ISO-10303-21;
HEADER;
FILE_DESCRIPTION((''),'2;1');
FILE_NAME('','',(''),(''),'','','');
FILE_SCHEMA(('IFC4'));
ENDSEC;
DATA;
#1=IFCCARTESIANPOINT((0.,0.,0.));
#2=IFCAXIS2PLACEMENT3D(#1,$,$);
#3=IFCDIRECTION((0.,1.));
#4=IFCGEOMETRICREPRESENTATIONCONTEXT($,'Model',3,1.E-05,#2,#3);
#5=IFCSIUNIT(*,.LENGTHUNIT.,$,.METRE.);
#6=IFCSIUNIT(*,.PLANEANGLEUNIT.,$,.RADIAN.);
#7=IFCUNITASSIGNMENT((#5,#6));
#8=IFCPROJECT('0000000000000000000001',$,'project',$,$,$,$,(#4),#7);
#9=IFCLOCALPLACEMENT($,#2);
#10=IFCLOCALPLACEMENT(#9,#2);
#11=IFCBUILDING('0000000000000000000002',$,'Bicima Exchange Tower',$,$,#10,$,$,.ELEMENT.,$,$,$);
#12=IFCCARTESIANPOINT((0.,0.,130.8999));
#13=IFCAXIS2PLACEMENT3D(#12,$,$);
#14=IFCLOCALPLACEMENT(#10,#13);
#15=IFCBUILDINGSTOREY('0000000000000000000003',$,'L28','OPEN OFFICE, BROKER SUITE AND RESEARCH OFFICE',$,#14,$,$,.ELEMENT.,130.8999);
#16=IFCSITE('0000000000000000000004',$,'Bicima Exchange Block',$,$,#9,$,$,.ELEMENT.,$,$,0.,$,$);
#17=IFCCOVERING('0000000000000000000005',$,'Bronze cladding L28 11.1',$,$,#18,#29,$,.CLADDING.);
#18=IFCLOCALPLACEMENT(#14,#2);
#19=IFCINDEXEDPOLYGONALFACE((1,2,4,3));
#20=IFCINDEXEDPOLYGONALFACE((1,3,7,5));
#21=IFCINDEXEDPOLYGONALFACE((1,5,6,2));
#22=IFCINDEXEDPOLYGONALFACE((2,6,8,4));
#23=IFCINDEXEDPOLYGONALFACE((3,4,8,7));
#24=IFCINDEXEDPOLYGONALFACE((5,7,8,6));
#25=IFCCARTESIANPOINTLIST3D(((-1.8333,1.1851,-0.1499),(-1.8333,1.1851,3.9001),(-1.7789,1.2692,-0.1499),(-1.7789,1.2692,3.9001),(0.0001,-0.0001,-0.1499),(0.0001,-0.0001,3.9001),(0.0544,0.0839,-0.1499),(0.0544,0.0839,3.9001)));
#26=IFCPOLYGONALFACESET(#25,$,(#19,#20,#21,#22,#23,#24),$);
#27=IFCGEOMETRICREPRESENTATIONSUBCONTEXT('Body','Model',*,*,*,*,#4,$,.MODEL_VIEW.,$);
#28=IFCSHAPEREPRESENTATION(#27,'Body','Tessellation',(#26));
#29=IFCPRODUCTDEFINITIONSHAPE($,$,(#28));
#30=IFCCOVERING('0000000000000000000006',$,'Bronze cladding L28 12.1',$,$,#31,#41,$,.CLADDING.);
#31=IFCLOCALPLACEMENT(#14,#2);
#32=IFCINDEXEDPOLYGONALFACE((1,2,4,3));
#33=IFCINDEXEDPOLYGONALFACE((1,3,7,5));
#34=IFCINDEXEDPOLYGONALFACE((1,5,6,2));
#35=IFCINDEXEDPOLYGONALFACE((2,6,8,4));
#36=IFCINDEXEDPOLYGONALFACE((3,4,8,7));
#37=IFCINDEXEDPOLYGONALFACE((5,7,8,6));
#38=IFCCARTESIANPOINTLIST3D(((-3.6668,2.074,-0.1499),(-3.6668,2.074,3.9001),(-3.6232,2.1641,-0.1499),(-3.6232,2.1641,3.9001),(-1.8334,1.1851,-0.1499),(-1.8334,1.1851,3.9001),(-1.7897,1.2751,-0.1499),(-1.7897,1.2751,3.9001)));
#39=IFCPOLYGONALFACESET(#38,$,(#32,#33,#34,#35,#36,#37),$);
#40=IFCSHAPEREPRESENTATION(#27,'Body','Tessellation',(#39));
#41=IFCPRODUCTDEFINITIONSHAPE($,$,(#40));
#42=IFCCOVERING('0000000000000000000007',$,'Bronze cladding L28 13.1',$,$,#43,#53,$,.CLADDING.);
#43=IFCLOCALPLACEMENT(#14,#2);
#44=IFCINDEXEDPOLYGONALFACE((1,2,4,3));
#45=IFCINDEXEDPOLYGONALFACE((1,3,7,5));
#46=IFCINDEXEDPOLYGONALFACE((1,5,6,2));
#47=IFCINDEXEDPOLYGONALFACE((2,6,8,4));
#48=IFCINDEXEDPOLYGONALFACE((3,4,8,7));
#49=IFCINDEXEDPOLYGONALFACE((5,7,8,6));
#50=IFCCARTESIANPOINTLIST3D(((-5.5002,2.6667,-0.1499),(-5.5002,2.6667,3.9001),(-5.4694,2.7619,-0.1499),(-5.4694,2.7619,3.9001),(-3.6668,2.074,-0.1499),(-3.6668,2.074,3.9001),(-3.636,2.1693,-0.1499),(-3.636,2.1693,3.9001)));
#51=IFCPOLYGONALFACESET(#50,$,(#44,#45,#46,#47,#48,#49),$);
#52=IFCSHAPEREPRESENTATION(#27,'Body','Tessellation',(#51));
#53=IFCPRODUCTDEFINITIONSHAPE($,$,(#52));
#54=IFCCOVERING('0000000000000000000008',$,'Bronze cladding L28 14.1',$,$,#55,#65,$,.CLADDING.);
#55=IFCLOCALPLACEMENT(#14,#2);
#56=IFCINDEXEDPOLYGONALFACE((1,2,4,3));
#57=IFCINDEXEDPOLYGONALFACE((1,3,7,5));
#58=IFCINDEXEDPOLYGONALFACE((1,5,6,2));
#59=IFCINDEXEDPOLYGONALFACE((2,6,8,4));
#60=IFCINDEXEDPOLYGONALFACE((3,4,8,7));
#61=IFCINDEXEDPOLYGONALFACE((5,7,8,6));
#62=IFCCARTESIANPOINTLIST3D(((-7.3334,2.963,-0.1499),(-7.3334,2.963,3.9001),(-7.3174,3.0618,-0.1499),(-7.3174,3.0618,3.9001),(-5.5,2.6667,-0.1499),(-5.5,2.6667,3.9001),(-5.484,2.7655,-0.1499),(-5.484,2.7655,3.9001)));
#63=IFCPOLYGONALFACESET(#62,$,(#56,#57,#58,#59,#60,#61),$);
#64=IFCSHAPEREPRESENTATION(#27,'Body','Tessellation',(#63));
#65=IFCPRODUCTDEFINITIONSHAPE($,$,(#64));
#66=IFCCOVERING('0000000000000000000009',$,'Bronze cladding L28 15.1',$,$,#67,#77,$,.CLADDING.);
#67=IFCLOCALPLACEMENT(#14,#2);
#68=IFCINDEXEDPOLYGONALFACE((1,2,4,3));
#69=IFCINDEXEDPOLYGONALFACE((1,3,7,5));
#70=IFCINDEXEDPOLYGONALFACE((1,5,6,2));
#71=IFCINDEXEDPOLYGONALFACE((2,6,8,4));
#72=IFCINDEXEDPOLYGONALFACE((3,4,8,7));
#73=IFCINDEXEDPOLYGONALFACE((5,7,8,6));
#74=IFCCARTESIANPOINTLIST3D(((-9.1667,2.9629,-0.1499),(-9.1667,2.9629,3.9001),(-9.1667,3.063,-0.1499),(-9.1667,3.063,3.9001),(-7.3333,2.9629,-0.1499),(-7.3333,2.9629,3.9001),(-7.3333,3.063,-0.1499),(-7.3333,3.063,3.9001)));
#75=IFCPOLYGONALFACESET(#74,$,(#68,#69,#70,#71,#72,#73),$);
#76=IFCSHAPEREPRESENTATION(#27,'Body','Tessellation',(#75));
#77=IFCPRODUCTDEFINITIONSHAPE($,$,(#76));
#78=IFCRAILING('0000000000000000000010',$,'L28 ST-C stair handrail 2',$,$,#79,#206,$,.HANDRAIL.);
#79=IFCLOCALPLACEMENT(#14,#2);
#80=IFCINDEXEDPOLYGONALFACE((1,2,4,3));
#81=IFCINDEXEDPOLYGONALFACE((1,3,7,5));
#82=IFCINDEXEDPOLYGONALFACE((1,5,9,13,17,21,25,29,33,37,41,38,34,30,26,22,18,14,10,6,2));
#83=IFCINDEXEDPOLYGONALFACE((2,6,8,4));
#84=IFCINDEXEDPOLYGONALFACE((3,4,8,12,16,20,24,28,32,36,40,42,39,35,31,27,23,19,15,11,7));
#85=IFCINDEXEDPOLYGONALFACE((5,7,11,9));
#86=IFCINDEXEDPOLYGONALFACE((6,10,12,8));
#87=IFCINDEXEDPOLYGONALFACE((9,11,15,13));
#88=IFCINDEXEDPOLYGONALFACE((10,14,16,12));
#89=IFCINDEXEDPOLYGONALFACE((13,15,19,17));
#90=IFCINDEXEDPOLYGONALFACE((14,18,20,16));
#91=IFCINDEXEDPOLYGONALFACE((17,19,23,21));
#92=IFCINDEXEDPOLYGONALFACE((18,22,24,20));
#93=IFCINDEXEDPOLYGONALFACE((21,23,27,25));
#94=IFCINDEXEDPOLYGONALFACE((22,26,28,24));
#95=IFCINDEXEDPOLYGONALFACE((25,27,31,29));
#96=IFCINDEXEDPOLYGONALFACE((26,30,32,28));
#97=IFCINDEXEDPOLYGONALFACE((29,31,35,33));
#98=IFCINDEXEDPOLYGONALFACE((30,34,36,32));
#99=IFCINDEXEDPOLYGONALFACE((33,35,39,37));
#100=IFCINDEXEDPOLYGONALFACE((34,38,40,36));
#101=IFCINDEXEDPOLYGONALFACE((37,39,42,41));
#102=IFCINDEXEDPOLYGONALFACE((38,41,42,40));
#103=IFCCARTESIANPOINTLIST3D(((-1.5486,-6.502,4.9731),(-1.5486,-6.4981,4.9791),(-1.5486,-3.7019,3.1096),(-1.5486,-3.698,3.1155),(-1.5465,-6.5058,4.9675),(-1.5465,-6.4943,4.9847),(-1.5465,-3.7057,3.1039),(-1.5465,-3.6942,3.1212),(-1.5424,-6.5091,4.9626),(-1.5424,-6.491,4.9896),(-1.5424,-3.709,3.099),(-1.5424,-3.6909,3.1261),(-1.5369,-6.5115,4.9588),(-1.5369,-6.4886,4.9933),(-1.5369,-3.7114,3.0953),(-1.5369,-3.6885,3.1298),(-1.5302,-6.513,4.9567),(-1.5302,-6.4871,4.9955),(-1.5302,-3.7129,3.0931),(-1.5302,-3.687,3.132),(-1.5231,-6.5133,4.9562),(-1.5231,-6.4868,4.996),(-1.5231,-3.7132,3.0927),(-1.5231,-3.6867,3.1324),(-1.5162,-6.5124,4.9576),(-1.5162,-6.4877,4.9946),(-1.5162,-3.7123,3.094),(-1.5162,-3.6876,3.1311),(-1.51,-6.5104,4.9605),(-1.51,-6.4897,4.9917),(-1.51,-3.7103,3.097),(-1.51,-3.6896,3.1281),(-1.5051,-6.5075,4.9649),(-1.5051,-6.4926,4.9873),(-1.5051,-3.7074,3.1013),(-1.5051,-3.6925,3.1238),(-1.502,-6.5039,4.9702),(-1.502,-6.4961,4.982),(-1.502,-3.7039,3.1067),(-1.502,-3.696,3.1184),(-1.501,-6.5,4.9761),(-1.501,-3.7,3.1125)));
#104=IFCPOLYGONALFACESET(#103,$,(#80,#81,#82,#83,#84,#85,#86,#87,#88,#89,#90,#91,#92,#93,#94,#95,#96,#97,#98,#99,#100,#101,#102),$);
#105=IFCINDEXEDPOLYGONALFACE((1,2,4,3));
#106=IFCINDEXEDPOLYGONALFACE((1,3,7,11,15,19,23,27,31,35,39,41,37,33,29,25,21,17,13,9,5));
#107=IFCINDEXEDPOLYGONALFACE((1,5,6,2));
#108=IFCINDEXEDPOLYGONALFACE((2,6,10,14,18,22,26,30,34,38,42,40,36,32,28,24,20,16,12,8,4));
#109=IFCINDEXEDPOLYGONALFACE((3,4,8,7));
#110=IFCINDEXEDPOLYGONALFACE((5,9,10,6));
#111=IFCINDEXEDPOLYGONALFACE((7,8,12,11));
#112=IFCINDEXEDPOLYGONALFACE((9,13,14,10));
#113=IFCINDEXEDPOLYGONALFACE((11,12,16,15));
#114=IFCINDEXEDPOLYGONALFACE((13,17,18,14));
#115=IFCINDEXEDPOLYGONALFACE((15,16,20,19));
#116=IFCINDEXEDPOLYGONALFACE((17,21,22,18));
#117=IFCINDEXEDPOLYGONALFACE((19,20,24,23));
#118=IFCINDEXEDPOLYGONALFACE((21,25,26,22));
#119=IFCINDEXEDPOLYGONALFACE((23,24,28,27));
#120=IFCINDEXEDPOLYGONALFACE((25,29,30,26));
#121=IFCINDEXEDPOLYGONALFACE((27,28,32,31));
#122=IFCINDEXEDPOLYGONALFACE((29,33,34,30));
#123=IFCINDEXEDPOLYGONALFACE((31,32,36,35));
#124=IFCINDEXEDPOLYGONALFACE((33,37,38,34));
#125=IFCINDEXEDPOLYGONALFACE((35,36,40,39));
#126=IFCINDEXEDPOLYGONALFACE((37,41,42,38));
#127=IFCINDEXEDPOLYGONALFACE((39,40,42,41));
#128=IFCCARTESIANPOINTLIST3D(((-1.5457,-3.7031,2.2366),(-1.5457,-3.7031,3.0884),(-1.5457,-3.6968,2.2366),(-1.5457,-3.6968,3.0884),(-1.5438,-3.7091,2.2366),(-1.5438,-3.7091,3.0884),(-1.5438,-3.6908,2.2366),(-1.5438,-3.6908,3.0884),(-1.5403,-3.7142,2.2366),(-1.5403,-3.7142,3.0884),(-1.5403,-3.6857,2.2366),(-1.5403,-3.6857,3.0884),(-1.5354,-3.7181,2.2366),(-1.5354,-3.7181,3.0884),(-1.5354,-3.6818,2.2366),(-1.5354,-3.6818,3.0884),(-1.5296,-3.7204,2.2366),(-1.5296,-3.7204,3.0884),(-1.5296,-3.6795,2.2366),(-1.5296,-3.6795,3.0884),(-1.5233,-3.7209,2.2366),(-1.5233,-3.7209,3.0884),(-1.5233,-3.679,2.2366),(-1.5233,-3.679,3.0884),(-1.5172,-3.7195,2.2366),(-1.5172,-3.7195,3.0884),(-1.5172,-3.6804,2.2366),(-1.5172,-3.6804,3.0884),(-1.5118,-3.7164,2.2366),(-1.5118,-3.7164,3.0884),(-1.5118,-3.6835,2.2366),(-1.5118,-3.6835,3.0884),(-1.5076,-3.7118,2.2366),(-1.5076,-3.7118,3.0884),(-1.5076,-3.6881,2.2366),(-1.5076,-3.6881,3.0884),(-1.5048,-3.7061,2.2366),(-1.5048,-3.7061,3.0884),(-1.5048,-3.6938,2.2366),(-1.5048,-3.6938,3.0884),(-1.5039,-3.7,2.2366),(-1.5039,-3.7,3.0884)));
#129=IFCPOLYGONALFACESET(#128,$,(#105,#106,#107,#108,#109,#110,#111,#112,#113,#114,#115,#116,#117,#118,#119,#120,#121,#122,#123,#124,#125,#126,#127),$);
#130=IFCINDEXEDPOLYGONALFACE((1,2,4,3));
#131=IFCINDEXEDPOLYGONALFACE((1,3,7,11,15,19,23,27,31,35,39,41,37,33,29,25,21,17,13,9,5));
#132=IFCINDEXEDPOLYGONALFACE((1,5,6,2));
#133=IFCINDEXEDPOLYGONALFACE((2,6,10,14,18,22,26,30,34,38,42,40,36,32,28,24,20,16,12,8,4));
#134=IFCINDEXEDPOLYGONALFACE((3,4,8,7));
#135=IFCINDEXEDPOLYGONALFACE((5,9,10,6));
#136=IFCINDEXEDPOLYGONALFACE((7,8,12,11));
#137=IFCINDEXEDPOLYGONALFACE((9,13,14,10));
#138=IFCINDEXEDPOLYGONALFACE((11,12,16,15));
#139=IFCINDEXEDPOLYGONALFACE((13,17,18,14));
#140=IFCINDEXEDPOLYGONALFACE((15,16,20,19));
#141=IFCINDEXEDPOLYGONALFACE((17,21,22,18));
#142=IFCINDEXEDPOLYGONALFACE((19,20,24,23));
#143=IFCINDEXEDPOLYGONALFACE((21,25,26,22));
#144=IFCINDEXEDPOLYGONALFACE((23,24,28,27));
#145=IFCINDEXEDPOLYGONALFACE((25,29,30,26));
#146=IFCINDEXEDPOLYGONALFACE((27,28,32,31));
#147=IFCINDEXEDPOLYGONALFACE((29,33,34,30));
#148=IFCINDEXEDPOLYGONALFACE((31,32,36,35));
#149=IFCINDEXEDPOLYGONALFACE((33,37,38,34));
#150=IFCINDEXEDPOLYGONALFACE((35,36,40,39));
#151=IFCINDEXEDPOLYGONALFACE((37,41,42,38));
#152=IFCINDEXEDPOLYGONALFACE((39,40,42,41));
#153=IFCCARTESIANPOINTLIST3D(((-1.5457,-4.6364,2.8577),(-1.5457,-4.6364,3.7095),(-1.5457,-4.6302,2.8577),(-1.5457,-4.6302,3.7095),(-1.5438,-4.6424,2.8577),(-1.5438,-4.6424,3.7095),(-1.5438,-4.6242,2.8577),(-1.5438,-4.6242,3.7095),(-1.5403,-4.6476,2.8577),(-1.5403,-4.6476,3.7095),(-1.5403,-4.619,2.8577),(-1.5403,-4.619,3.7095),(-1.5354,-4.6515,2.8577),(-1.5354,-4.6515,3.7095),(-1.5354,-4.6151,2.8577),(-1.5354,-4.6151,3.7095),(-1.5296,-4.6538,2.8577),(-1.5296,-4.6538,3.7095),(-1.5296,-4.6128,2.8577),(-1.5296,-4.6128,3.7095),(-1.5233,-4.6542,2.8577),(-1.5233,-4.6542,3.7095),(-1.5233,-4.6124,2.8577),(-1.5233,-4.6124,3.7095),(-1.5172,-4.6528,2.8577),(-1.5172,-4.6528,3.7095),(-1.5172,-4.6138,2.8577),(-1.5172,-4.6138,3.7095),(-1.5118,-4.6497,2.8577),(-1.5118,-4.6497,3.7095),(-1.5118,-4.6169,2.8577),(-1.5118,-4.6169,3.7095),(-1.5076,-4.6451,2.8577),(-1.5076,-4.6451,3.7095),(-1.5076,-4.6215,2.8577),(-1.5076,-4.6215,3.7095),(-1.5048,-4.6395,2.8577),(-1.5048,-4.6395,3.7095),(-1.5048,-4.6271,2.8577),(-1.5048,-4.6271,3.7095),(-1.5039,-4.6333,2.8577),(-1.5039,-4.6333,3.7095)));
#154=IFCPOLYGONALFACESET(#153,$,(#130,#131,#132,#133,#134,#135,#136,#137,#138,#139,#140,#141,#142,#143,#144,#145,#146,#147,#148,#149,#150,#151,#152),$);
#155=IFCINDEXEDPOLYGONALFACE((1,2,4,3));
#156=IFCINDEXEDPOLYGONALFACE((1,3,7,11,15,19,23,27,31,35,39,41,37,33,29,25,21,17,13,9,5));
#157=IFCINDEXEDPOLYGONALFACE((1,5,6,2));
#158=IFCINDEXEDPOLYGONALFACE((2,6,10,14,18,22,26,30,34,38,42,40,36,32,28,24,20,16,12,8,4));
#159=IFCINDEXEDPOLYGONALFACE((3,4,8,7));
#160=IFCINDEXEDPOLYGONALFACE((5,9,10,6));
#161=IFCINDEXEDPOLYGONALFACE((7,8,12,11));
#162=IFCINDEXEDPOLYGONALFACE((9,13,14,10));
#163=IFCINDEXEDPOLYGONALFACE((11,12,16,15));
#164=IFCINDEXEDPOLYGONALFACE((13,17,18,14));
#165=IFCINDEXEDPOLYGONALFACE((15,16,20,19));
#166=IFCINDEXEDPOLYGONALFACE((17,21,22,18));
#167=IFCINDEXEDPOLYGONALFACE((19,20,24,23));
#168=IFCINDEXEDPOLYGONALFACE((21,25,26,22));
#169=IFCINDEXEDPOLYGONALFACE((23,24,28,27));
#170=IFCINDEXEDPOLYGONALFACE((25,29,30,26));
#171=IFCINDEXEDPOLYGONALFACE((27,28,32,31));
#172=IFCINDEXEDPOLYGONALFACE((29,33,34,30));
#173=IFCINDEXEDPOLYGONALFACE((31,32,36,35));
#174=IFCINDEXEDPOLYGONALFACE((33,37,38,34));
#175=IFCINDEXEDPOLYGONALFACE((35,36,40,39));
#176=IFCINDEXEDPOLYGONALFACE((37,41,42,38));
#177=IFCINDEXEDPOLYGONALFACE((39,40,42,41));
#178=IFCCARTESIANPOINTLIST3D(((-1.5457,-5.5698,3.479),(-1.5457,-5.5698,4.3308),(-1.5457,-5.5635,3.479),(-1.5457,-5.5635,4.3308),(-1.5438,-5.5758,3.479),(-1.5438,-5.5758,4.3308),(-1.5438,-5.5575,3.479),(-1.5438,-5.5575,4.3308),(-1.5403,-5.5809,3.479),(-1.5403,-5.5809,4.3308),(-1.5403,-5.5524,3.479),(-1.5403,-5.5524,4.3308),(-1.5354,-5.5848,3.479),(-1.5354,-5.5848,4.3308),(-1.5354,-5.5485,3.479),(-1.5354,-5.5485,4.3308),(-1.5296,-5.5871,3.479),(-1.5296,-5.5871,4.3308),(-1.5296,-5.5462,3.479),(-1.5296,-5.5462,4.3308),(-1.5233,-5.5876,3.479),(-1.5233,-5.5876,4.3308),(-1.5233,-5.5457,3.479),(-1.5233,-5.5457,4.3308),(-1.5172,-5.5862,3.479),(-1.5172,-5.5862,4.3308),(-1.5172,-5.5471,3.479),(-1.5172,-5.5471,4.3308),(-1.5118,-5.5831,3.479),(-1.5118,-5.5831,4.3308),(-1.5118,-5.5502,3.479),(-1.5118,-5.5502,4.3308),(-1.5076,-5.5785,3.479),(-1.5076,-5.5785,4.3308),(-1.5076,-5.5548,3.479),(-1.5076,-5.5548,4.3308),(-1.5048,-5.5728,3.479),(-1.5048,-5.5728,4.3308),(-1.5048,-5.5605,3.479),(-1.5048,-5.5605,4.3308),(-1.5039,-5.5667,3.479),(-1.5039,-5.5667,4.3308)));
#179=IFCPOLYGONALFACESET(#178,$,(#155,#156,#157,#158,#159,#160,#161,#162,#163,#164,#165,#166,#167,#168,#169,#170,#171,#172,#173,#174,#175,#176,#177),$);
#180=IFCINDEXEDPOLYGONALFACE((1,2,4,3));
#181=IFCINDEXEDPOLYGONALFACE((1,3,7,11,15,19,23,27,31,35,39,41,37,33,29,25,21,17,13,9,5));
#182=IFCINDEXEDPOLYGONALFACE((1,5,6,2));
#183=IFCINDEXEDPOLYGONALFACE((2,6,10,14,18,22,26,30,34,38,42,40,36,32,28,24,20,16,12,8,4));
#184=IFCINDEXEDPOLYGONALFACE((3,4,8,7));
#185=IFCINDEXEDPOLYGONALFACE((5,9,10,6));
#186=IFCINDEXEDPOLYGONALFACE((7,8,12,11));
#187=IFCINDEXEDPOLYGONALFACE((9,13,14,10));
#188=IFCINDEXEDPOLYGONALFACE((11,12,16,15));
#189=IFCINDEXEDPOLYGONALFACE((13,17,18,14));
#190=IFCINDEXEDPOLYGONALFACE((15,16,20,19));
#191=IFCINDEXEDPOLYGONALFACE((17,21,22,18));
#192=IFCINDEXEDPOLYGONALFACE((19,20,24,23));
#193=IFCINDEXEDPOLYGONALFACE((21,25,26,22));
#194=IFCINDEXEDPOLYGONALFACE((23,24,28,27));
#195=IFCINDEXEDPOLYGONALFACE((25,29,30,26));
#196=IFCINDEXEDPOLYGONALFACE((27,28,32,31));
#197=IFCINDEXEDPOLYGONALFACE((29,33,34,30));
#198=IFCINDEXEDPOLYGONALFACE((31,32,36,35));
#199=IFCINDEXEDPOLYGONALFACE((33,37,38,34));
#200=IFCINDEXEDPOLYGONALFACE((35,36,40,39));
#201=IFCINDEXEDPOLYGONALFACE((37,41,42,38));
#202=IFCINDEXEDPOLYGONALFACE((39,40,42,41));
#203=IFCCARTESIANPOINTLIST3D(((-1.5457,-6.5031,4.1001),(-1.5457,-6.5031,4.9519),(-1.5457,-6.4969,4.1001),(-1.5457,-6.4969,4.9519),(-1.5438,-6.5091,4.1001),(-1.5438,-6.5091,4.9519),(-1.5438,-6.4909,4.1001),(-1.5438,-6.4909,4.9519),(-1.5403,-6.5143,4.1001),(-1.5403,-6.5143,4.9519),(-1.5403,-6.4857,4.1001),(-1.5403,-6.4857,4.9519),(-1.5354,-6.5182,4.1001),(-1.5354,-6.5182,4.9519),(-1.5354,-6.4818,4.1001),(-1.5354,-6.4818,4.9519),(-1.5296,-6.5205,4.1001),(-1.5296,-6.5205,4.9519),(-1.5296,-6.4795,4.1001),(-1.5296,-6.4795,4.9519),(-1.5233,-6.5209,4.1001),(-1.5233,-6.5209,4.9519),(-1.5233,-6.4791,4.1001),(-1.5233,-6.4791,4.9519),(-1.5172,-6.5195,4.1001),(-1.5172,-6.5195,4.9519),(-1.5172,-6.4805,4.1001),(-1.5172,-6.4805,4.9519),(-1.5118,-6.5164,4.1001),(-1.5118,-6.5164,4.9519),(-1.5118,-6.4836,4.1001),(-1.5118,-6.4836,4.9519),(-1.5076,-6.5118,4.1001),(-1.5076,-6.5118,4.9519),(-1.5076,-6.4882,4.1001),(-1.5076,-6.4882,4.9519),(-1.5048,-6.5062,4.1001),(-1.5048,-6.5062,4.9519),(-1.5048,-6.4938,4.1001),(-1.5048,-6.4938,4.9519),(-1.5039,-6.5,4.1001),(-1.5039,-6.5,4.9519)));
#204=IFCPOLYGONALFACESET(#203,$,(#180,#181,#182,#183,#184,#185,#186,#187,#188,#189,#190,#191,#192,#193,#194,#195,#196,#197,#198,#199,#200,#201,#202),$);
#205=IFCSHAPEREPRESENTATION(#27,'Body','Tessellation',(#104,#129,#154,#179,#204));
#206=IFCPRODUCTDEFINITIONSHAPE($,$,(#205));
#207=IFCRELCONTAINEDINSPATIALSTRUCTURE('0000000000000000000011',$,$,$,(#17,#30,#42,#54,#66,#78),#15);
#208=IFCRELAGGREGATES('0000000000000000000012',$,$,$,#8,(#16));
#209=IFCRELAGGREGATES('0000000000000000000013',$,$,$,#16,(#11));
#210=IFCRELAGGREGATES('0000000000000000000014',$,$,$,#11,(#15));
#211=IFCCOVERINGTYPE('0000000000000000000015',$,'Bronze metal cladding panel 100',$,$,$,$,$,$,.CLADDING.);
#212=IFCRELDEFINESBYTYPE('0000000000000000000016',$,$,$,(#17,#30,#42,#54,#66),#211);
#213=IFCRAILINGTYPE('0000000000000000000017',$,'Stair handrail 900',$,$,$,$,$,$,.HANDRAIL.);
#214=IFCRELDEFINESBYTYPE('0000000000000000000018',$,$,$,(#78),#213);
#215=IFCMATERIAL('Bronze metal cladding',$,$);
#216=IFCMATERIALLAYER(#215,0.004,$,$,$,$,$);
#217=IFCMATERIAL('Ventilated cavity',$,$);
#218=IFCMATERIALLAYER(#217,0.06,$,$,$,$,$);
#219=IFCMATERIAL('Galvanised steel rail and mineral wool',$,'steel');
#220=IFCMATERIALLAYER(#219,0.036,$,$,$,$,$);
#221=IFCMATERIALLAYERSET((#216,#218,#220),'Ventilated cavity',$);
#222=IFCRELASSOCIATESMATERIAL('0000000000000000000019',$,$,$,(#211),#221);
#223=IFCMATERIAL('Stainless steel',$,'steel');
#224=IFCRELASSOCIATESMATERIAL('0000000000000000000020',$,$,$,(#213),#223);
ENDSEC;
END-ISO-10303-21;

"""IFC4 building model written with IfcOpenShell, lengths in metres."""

from ifc_helpers import new_model, si_unit, direction, frame, origin, origin_2d, place, context, subcontext, project, spatial, rectangle, circle, extrude, material, layer, layer_set, type_object, element, save


model = new_model("IFC4")

# Units and contexts
model_context = context("Model", 3, precision=1e-05, world=origin(), true_north=direction((0.0, 1.0)))
body_context = subcontext(model_context, "Body", "Model", "MODEL_VIEW")
ifc_project = project(units=[si_unit("LENGTHUNIT", "METRE"), si_unit("PLANEANGLEUNIT", "RADIAN")], contexts=[model_context])

# Site, building, storey
site_placement = place(None, origin())
site = spatial("IfcSite", under=ifc_project, at=site_placement, Name="Bicima Exchange Block", CompositionType="ELEMENT", RefElevation=0.0)
building_placement = place(site_placement, origin())
building = spatial("IfcBuilding", under=site, at=building_placement, Name="Bicima Exchange Tower", CompositionType="ELEMENT")
storey_placement = place(building_placement, frame((0.0, 0.0, 130.8999)))
storey = spatial("IfcBuildingStorey", under=building, at=storey_placement, Name="L28", Description="OPEN OFFICE, BROKER SUITE AND RESEARCH OFFICE", CompositionType="ELEMENT", Elevation=130.8999)

# Coverings
ifc_material_1 = material(Name="Bronze metal cladding")
ifc_layer_1 = layer(ifc_material_1, 0.004)
ifc_material_2 = material(Name="Ventilated cavity")
ifc_layer_2 = layer(ifc_material_2, 0.06)
ifc_material_3 = material(Name="Galvanised steel rail and mineral wool", Category="steel")
ifc_layer_3 = layer(ifc_material_3, 0.036)
ifc_layer_set_1 = layer_set([ifc_layer_1, ifc_layer_2, ifc_layer_3], Name="Ventilated cavity")
covering_type = type_object("IfcCoveringType", Name="Bronze metal cladding panel 100", PredefinedType="CLADDING", material=ifc_layer_set_1)
covering_1_placement = place(storey_placement, frame((-0.8894, 0.6345, -0.1499), z_axis=(0.0, 0.0, 1.0), x_axis=(-0.83979, 0.542911, 0.0)))
element("IfcCovering", 1, at=covering_1_placement, inside=storey, type_object=covering_type, Name="Bronze cladding L28 11.1", PredefinedType="CLADDING", context=body_context, shape_type="SweptSolid", body=[
    extrude(rectangle(XDim=2.1831, YDim=0.1001, at=origin_2d()), origin(), (0.0, 0.0, 1.0), 4.05),
])
covering_2_placement = place(storey_placement, frame((-2.7283, 1.6746, -0.1499), z_axis=(0.0, 0.0, 1.0), x_axis=(-0.899818, 0.436265, 0.0)))
element("IfcCovering", 2, at=covering_2_placement, inside=storey, type_object=covering_type, Name="Bronze cladding L28 12.1", PredefinedType="CLADDING", context=body_context, shape_type="SweptSolid", body=[
    extrude(rectangle(XDim=2.0376, YDim=0.1001, at=origin_2d()), origin(), (0.0, 0.0, 1.0), 4.05),
])
covering_3_placement = place(storey_placement, frame((-4.5681, 2.418, -0.1499), z_axis=(0.0, 0.0, 1.0), x_axis=(-0.951525, 0.307573, 0.0)))
element("IfcCovering", 3, at=covering_3_placement, inside=storey, type_object=covering_type, Name="Bronze cladding L28 13.1", PredefinedType="CLADDING", context=body_context, shape_type="SweptSolid", body=[
    extrude(rectangle(XDim=1.9268, YDim=0.1001, at=origin_2d()), origin(), (0.0, 0.0, 1.0), 4.05),
])
covering_4_placement = place(storey_placement, frame((-6.4087, 2.8643, -0.1499), z_axis=(0.0, 0.0, 1.0), x_axis=(-0.98719, 0.15955, 0.0)))
element("IfcCovering", 4, at=covering_4_placement, inside=storey, type_object=covering_type, Name="Bronze cladding L28 14.1", PredefinedType="CLADDING", context=body_context, shape_type="SweptSolid", body=[
    extrude(rectangle(XDim=1.8572, YDim=0.1001, at=origin_2d()), origin(), (0.0, 0.0, 1.0), 4.05),
])
covering_5_placement = place(storey_placement, frame((-8.25, 3.0129, -0.1499), z_axis=(0.0, 0.0, 1.0), x_axis=(-1.0, 0.0, 0.0)))
element("IfcCovering", 5, at=covering_5_placement, inside=storey, type_object=covering_type, Name="Bronze cladding L28 15.1", PredefinedType="CLADDING", context=body_context, shape_type="SweptSolid", body=[
    extrude(rectangle(XDim=1.8335, YDim=0.1001, at=origin_2d()), origin(), (0.0, 0.0, 1.0), 4.05),
])

# Railing
ifc_material_4 = material(Name="Stainless steel", Category="steel")
railing_type = type_object("IfcRailingType", Name="Stair handrail 900", PredefinedType="HANDRAIL", material=ifc_material_4)
railing_placement = place(storey_placement, frame((-1.5249, -3.7, 2.2366)))
element("IfcRailing", 6, at=railing_placement, inside=storey, type_object=railing_type, Name="L28 ST-C stair handrail 2", PredefinedType="HANDRAIL", context=body_context, shape_type="SweptSolid", body=[
    extrude(circle(Radius=0.0239, at=origin_2d()), frame((0.0, 0.0, 0.876), z_axis=(0.0, -0.832486, 0.554047), x_axis=(1.0, 0.0, 0.0)), (0.0, 0.0, 1.0), 3.3635),
    extrude(circle(Radius=0.021, at=origin_2d()), origin(), (0.0, 0.0, 1.0), 0.8518),
    extrude(circle(Radius=0.021, at=origin_2d()), frame((0.0, -0.9333, 0.6211)), (0.0, 0.0, 1.0), 0.8518),
    extrude(circle(Radius=0.021, at=origin_2d()), frame((0.0, -1.8667, 1.2424)), (0.0, 0.0, 1.0), 0.8518),
    extrude(circle(Radius=0.021, at=origin_2d()), frame((0.0, -2.8, 1.8635)), (0.0, 0.0, 1.0), 0.8518),
])

save(model, "model.ifc")
